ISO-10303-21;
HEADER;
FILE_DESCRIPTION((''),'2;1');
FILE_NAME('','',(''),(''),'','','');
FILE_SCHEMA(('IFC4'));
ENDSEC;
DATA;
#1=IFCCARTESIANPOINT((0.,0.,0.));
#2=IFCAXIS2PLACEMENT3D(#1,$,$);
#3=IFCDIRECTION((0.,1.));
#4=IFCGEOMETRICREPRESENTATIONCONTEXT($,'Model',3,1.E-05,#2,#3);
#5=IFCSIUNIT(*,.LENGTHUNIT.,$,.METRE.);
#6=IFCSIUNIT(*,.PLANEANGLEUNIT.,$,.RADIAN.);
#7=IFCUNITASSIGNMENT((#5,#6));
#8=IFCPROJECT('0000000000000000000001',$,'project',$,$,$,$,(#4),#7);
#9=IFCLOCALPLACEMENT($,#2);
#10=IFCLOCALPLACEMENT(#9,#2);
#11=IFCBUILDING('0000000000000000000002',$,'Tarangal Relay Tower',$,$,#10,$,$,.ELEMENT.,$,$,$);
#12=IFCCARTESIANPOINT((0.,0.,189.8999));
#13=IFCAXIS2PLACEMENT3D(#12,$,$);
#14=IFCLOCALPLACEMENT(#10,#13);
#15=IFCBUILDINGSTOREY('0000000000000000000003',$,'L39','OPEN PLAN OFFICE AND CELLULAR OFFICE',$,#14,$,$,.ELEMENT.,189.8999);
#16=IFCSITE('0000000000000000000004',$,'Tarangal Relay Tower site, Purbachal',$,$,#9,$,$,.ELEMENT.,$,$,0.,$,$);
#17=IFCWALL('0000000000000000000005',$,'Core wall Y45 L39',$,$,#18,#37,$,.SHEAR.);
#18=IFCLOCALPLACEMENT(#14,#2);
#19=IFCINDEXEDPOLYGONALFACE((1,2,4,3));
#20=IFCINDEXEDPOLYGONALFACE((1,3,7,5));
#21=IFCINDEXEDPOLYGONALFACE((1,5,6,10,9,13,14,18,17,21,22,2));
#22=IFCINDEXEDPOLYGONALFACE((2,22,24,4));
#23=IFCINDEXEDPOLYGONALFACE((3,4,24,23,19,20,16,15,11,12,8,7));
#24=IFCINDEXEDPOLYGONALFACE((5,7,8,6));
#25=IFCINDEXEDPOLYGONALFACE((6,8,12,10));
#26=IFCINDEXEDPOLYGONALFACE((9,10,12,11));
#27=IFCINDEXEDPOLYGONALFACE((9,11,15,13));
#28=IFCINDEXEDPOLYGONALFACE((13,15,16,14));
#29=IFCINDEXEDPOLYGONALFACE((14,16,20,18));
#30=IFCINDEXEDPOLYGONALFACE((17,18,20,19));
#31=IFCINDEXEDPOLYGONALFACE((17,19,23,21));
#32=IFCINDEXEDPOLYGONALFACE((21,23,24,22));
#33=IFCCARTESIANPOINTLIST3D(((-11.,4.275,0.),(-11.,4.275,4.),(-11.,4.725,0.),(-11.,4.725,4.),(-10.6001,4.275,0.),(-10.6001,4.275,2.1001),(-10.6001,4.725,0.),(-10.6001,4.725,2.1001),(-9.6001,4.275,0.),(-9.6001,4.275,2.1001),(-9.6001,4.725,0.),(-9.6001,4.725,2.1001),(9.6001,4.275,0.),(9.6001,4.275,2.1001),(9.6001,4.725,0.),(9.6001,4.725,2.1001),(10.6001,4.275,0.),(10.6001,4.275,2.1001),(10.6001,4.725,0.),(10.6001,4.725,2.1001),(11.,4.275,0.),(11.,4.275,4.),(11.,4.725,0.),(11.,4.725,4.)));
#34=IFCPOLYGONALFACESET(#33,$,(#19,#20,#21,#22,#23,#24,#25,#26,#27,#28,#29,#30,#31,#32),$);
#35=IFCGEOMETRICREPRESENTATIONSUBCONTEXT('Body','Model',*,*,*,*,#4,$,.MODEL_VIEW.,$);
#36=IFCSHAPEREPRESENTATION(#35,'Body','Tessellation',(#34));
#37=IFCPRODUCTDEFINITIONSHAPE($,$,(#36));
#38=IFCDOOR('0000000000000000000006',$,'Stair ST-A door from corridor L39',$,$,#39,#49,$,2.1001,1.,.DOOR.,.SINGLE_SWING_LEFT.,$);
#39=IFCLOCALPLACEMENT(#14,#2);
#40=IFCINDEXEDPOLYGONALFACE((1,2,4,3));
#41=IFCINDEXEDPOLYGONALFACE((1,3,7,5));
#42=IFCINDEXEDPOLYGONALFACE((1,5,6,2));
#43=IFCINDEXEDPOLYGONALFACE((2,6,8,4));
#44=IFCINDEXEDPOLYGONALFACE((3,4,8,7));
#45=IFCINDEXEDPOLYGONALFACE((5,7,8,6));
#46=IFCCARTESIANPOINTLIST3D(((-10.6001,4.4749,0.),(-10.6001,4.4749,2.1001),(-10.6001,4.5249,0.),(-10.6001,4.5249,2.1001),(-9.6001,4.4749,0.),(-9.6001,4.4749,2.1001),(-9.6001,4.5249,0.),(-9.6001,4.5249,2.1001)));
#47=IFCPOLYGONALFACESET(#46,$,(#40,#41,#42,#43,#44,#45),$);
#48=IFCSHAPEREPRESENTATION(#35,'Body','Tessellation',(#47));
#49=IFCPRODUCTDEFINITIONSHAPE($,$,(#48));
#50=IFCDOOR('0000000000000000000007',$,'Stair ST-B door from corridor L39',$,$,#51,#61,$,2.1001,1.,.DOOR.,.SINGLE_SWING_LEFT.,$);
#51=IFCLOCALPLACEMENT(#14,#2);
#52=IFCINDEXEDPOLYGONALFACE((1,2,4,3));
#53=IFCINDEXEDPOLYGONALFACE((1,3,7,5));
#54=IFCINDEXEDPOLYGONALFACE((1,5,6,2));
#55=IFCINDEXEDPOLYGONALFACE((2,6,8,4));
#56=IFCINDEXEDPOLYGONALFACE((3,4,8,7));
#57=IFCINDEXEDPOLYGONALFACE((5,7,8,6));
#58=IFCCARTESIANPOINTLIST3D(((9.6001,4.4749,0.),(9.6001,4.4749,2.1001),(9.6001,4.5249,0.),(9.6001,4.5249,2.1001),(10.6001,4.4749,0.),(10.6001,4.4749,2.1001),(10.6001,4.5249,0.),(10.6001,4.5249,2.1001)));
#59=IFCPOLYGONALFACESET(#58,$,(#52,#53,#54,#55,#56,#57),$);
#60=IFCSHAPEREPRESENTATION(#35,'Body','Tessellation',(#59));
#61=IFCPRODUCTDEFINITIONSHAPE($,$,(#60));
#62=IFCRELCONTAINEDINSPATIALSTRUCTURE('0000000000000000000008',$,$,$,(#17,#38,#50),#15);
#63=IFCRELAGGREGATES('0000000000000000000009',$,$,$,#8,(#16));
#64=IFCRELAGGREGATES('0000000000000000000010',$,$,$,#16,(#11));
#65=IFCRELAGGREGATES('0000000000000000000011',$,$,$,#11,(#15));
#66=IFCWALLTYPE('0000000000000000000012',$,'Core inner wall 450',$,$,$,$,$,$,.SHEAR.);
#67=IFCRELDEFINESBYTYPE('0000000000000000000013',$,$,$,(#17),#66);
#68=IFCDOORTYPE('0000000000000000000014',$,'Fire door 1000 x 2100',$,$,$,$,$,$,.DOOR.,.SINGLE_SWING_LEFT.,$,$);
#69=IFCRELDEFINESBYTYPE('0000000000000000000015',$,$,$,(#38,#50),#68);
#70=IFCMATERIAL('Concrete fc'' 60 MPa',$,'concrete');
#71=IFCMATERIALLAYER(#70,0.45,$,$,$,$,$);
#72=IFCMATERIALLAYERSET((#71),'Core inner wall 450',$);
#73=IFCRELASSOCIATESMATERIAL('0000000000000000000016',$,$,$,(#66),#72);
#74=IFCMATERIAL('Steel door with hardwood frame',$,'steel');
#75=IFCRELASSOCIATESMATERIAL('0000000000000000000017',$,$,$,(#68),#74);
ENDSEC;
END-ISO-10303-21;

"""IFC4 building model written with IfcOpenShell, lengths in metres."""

from ifc_helpers import new_model, si_unit, direction, frame, frame_2d, origin, place, context, subcontext, project, spatial, rectangle, extrude, material, layer, layer_set, type_object, element, fill, save


model = new_model("IFC4")

# Units and contexts
model_context = context("Model", 3, precision=1e-05, world=origin(), true_north=direction((0.0, 1.0)))
body_context = subcontext(model_context, "Body", "Model", "MODEL_VIEW")
ifc_project = project(units=[si_unit("LENGTHUNIT", "METRE"), si_unit("PLANEANGLEUNIT", "RADIAN")], contexts=[model_context])

# Site, building, storey
site_placement = place(None, origin())
site = spatial("IfcSite", under=ifc_project, at=site_placement, Name="Tarangal Relay Tower site, Purbachal", CompositionType="ELEMENT", RefElevation=0.0)
building_placement = place(site_placement, origin())
building = spatial("IfcBuilding", under=site, at=building_placement, Name="Tarangal Relay Tower", CompositionType="ELEMENT")
storey_placement = place(building_placement, frame((0.0, 0.0, 189.8999)))
storey = spatial("IfcBuildingStorey", under=building, at=storey_placement, Name="L39", Description="OPEN PLAN OFFICE AND CELLULAR OFFICE", CompositionType="ELEMENT", Elevation=189.8999)

# Wall, openings, doors
ifc_material_1 = material(Name="Concrete fc' 60 MPa", Category="concrete")
ifc_layer = layer(ifc_material_1, 0.45)
ifc_layer_set = layer_set([ifc_layer], Name="Core inner wall 450")
wall_type = type_object("IfcWallType", Name="Core inner wall 450", PredefinedType="SHEAR", material=ifc_layer_set)
wall_1_placement = place(storey_placement, frame((-11.0, 4.5, 0.0), z_axis=(0.0, 0.0, 1.0), x_axis=(1.0, 0.0, 0.0)))
wall_1 = element("IfcWall", 1, at=wall_1_placement, inside=storey, type_object=wall_type, Name="Core wall Y45 L39", PredefinedType="SHEAR", context=body_context, shape_type="SweptSolid", body=[
    extrude(rectangle(XDim=22.0, YDim=0.45, at=frame_2d((11.0, 0.0))), origin(), (0.0, 0.0, 1.0), 4.0),
])
opening_1_placement = place(wall_1_placement, frame((0.3999, 0.0, 0.0)))
opening_1 = element("IfcOpeningElement", 2, at=opening_1_placement, cuts=wall_1, PredefinedType="OPENING", context=body_context, shape_type="SweptSolid", body=[
    extrude(rectangle(XDim=1.0, YDim=2.1001, at=frame_2d((0.5, 1.05))), frame((0.0, 0.2349, 0.0), z_axis=(0.0, -1.0, 0.0), x_axis=(1.0, 0.0, 0.0)), (0.0, 0.0, 1.0), 0.47),
])
opening_2_placement = place(wall_1_placement, frame((20.6001, 0.0, 0.0)))
opening_2 = element("IfcOpeningElement", 3, at=opening_2_placement, cuts=wall_1, PredefinedType="OPENING", context=body_context, shape_type="SweptSolid", body=[
    extrude(rectangle(XDim=1.0, YDim=2.1001, at=frame_2d((0.5, 1.05))), frame((0.0, 0.2349, 0.0), z_axis=(0.0, -1.0, 0.0), x_axis=(1.0, 0.0, 0.0)), (0.0, 0.0, 1.0), 0.47),
])
ifc_material_2 = material(Name="Steel door with hardwood frame", Category="steel")
door_type_1 = type_object("IfcDoorType", Name="Fire door 1000 x 2100", OperationType="SINGLE_SWING_LEFT", PredefinedType="DOOR", material=ifc_material_2)
door_1_placement = place(opening_1_placement, origin())
door_1 = element("IfcDoor", 4, at=door_1_placement, inside=storey, type_object=door_type_1, Name="Stair ST-A door from corridor L39", OperationType="SINGLE_SWING_LEFT", OverallHeight=2.1001, OverallWidth=1.0, PredefinedType="DOOR", context=body_context, shape_type="SweptSolid", body=[
    extrude(rectangle(XDim=1.0, YDim=2.1001, at=frame_2d((0.5, 1.05))), frame((0.0, 0.0249, 0.0), z_axis=(0.0, -1.0, 0.0), x_axis=(1.0, 0.0, 0.0)), (0.0, 0.0, 1.0), 0.05),
])
fill(opening_1, door_1)
door_2_placement = place(opening_2_placement, origin())
door_2 = element("IfcDoor", 5, at=door_2_placement, inside=storey, type_object=door_type_1, Name="Stair ST-B door from corridor L39", OperationType="SINGLE_SWING_LEFT", OverallHeight=2.1001, OverallWidth=1.0, PredefinedType="DOOR", context=body_context, shape_type="SweptSolid", body=[
    extrude(rectangle(XDim=1.0, YDim=2.1001, at=frame_2d((0.5, 1.05))), frame((0.0, 0.0249, 0.0), z_axis=(0.0, -1.0, 0.0), x_axis=(1.0, 0.0, 0.0)), (0.0, 0.0, 1.0), 0.05),
])
fill(opening_2, door_2)

save(model, "model.ifc")
